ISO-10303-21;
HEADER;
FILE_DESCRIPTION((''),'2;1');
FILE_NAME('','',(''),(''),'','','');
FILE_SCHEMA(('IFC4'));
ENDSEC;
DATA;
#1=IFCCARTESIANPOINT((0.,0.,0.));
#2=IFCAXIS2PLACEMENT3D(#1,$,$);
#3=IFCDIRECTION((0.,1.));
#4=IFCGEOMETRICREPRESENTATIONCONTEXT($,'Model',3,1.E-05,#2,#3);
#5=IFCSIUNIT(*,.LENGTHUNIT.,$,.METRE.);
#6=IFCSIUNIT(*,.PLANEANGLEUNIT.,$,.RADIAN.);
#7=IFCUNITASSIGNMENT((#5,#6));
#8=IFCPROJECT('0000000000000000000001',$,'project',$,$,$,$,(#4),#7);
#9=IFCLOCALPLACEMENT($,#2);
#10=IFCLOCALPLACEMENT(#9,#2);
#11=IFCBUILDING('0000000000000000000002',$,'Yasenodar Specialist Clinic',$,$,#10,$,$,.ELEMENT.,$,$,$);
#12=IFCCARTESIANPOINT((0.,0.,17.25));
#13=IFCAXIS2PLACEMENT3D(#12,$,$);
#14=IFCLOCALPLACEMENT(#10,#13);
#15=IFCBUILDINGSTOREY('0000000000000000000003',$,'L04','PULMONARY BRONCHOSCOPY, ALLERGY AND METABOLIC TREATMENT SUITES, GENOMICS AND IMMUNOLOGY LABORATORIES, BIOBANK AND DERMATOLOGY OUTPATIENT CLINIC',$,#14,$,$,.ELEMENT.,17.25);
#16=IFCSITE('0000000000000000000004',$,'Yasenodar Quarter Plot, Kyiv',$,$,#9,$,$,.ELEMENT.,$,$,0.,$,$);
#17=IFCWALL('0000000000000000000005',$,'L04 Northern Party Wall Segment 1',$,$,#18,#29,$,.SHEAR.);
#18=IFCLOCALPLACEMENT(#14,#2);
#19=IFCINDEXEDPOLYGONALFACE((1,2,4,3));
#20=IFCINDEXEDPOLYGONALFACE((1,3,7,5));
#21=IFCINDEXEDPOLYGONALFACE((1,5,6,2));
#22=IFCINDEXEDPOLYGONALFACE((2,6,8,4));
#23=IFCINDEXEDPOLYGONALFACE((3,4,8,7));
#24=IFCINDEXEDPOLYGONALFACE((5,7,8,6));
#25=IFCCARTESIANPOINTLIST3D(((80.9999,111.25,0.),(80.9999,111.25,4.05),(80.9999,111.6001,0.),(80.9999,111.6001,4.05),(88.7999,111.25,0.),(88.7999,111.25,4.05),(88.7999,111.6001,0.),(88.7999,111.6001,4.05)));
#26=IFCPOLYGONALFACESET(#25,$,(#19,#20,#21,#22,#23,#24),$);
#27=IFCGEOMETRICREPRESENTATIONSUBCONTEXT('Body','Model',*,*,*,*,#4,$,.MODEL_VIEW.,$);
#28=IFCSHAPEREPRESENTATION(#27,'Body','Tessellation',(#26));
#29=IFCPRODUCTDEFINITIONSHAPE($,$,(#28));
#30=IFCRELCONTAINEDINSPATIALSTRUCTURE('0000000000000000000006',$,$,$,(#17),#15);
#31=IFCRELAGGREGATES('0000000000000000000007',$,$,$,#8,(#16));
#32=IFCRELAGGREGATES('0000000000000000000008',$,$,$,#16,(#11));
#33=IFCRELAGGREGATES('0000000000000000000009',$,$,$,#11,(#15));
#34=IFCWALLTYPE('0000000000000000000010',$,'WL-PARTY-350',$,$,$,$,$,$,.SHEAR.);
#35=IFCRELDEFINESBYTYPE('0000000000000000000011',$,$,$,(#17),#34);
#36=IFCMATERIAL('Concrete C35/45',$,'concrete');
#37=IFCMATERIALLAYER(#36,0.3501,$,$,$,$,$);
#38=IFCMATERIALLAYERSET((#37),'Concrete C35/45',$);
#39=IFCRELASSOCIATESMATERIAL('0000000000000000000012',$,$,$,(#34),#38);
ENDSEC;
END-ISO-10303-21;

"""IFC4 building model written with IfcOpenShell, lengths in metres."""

from ifc_helpers import new_model, si_unit, direction, frame, frame_2d, origin, place, context, subcontext, project, spatial, rectangle, extrude, material, layer, layer_set, type_object, element, save


model = new_model("IFC4")

# Units and contexts
model_context = context("Model", 3, precision=1e-05, world=origin(), true_north=direction((0.0, 1.0)))
body_context = subcontext(model_context, "Body", "Model", "MODEL_VIEW")
ifc_project = project(units=[si_unit("LENGTHUNIT", "METRE"), si_unit("PLANEANGLEUNIT", "RADIAN")], contexts=[model_context])

# Site, building, storey
site_placement = place(None, origin())
site = spatial("IfcSite", under=ifc_project, at=site_placement, Name="Yasenodar Quarter Plot, Kyiv", CompositionType="ELEMENT", RefElevation=0.0)
building_placement = place(site_placement, origin())
building = spatial("IfcBuilding", under=site, at=building_placement, Name="Yasenodar Specialist Clinic", CompositionType="ELEMENT")
storey_placement = place(building_placement, frame((0.0, 0.0, 17.25)))
storey = spatial("IfcBuildingStorey", under=building, at=storey_placement, Name="L04", Description="PULMONARY BRONCHOSCOPY, ALLERGY AND METABOLIC TREATMENT SUITES, GENOMICS AND IMMUNOLOGY LABORATORIES, BIOBANK AND DERMATOLOGY OUTPATIENT CLINIC", CompositionType="ELEMENT", Elevation=17.25)

# Wall
ifc_material_1 = material(Name="Concrete C35/45", Category="concrete")
ifc_layer_1 = layer(ifc_material_1, 0.3501)
ifc_layer_set_1 = layer_set([ifc_layer_1], Name="Concrete C35/45")
wall_type_1 = type_object("IfcWallType", Name="WL-PARTY-350", PredefinedType="SHEAR", material=ifc_layer_set_1)
wall_1_placement = place(storey_placement, frame((81.0, 111.425, 0.0), z_axis=(0.0, 0.0, 1.0), x_axis=(1.0, 0.0, 0.0)))
element("IfcWall", 1, at=wall_1_placement, inside=storey, type_object=wall_type_1, Name="L04 Northern Party Wall Segment 1", PredefinedType="SHEAR", context=body_context, shape_type="SweptSolid", body=[
    extrude(rectangle(XDim=7.8, YDim=0.3501, at=frame_2d((3.8999, 0.0))), origin(), (0.0, 0.0, 1.0), 4.05),
])

save(model, "model.ifc")
